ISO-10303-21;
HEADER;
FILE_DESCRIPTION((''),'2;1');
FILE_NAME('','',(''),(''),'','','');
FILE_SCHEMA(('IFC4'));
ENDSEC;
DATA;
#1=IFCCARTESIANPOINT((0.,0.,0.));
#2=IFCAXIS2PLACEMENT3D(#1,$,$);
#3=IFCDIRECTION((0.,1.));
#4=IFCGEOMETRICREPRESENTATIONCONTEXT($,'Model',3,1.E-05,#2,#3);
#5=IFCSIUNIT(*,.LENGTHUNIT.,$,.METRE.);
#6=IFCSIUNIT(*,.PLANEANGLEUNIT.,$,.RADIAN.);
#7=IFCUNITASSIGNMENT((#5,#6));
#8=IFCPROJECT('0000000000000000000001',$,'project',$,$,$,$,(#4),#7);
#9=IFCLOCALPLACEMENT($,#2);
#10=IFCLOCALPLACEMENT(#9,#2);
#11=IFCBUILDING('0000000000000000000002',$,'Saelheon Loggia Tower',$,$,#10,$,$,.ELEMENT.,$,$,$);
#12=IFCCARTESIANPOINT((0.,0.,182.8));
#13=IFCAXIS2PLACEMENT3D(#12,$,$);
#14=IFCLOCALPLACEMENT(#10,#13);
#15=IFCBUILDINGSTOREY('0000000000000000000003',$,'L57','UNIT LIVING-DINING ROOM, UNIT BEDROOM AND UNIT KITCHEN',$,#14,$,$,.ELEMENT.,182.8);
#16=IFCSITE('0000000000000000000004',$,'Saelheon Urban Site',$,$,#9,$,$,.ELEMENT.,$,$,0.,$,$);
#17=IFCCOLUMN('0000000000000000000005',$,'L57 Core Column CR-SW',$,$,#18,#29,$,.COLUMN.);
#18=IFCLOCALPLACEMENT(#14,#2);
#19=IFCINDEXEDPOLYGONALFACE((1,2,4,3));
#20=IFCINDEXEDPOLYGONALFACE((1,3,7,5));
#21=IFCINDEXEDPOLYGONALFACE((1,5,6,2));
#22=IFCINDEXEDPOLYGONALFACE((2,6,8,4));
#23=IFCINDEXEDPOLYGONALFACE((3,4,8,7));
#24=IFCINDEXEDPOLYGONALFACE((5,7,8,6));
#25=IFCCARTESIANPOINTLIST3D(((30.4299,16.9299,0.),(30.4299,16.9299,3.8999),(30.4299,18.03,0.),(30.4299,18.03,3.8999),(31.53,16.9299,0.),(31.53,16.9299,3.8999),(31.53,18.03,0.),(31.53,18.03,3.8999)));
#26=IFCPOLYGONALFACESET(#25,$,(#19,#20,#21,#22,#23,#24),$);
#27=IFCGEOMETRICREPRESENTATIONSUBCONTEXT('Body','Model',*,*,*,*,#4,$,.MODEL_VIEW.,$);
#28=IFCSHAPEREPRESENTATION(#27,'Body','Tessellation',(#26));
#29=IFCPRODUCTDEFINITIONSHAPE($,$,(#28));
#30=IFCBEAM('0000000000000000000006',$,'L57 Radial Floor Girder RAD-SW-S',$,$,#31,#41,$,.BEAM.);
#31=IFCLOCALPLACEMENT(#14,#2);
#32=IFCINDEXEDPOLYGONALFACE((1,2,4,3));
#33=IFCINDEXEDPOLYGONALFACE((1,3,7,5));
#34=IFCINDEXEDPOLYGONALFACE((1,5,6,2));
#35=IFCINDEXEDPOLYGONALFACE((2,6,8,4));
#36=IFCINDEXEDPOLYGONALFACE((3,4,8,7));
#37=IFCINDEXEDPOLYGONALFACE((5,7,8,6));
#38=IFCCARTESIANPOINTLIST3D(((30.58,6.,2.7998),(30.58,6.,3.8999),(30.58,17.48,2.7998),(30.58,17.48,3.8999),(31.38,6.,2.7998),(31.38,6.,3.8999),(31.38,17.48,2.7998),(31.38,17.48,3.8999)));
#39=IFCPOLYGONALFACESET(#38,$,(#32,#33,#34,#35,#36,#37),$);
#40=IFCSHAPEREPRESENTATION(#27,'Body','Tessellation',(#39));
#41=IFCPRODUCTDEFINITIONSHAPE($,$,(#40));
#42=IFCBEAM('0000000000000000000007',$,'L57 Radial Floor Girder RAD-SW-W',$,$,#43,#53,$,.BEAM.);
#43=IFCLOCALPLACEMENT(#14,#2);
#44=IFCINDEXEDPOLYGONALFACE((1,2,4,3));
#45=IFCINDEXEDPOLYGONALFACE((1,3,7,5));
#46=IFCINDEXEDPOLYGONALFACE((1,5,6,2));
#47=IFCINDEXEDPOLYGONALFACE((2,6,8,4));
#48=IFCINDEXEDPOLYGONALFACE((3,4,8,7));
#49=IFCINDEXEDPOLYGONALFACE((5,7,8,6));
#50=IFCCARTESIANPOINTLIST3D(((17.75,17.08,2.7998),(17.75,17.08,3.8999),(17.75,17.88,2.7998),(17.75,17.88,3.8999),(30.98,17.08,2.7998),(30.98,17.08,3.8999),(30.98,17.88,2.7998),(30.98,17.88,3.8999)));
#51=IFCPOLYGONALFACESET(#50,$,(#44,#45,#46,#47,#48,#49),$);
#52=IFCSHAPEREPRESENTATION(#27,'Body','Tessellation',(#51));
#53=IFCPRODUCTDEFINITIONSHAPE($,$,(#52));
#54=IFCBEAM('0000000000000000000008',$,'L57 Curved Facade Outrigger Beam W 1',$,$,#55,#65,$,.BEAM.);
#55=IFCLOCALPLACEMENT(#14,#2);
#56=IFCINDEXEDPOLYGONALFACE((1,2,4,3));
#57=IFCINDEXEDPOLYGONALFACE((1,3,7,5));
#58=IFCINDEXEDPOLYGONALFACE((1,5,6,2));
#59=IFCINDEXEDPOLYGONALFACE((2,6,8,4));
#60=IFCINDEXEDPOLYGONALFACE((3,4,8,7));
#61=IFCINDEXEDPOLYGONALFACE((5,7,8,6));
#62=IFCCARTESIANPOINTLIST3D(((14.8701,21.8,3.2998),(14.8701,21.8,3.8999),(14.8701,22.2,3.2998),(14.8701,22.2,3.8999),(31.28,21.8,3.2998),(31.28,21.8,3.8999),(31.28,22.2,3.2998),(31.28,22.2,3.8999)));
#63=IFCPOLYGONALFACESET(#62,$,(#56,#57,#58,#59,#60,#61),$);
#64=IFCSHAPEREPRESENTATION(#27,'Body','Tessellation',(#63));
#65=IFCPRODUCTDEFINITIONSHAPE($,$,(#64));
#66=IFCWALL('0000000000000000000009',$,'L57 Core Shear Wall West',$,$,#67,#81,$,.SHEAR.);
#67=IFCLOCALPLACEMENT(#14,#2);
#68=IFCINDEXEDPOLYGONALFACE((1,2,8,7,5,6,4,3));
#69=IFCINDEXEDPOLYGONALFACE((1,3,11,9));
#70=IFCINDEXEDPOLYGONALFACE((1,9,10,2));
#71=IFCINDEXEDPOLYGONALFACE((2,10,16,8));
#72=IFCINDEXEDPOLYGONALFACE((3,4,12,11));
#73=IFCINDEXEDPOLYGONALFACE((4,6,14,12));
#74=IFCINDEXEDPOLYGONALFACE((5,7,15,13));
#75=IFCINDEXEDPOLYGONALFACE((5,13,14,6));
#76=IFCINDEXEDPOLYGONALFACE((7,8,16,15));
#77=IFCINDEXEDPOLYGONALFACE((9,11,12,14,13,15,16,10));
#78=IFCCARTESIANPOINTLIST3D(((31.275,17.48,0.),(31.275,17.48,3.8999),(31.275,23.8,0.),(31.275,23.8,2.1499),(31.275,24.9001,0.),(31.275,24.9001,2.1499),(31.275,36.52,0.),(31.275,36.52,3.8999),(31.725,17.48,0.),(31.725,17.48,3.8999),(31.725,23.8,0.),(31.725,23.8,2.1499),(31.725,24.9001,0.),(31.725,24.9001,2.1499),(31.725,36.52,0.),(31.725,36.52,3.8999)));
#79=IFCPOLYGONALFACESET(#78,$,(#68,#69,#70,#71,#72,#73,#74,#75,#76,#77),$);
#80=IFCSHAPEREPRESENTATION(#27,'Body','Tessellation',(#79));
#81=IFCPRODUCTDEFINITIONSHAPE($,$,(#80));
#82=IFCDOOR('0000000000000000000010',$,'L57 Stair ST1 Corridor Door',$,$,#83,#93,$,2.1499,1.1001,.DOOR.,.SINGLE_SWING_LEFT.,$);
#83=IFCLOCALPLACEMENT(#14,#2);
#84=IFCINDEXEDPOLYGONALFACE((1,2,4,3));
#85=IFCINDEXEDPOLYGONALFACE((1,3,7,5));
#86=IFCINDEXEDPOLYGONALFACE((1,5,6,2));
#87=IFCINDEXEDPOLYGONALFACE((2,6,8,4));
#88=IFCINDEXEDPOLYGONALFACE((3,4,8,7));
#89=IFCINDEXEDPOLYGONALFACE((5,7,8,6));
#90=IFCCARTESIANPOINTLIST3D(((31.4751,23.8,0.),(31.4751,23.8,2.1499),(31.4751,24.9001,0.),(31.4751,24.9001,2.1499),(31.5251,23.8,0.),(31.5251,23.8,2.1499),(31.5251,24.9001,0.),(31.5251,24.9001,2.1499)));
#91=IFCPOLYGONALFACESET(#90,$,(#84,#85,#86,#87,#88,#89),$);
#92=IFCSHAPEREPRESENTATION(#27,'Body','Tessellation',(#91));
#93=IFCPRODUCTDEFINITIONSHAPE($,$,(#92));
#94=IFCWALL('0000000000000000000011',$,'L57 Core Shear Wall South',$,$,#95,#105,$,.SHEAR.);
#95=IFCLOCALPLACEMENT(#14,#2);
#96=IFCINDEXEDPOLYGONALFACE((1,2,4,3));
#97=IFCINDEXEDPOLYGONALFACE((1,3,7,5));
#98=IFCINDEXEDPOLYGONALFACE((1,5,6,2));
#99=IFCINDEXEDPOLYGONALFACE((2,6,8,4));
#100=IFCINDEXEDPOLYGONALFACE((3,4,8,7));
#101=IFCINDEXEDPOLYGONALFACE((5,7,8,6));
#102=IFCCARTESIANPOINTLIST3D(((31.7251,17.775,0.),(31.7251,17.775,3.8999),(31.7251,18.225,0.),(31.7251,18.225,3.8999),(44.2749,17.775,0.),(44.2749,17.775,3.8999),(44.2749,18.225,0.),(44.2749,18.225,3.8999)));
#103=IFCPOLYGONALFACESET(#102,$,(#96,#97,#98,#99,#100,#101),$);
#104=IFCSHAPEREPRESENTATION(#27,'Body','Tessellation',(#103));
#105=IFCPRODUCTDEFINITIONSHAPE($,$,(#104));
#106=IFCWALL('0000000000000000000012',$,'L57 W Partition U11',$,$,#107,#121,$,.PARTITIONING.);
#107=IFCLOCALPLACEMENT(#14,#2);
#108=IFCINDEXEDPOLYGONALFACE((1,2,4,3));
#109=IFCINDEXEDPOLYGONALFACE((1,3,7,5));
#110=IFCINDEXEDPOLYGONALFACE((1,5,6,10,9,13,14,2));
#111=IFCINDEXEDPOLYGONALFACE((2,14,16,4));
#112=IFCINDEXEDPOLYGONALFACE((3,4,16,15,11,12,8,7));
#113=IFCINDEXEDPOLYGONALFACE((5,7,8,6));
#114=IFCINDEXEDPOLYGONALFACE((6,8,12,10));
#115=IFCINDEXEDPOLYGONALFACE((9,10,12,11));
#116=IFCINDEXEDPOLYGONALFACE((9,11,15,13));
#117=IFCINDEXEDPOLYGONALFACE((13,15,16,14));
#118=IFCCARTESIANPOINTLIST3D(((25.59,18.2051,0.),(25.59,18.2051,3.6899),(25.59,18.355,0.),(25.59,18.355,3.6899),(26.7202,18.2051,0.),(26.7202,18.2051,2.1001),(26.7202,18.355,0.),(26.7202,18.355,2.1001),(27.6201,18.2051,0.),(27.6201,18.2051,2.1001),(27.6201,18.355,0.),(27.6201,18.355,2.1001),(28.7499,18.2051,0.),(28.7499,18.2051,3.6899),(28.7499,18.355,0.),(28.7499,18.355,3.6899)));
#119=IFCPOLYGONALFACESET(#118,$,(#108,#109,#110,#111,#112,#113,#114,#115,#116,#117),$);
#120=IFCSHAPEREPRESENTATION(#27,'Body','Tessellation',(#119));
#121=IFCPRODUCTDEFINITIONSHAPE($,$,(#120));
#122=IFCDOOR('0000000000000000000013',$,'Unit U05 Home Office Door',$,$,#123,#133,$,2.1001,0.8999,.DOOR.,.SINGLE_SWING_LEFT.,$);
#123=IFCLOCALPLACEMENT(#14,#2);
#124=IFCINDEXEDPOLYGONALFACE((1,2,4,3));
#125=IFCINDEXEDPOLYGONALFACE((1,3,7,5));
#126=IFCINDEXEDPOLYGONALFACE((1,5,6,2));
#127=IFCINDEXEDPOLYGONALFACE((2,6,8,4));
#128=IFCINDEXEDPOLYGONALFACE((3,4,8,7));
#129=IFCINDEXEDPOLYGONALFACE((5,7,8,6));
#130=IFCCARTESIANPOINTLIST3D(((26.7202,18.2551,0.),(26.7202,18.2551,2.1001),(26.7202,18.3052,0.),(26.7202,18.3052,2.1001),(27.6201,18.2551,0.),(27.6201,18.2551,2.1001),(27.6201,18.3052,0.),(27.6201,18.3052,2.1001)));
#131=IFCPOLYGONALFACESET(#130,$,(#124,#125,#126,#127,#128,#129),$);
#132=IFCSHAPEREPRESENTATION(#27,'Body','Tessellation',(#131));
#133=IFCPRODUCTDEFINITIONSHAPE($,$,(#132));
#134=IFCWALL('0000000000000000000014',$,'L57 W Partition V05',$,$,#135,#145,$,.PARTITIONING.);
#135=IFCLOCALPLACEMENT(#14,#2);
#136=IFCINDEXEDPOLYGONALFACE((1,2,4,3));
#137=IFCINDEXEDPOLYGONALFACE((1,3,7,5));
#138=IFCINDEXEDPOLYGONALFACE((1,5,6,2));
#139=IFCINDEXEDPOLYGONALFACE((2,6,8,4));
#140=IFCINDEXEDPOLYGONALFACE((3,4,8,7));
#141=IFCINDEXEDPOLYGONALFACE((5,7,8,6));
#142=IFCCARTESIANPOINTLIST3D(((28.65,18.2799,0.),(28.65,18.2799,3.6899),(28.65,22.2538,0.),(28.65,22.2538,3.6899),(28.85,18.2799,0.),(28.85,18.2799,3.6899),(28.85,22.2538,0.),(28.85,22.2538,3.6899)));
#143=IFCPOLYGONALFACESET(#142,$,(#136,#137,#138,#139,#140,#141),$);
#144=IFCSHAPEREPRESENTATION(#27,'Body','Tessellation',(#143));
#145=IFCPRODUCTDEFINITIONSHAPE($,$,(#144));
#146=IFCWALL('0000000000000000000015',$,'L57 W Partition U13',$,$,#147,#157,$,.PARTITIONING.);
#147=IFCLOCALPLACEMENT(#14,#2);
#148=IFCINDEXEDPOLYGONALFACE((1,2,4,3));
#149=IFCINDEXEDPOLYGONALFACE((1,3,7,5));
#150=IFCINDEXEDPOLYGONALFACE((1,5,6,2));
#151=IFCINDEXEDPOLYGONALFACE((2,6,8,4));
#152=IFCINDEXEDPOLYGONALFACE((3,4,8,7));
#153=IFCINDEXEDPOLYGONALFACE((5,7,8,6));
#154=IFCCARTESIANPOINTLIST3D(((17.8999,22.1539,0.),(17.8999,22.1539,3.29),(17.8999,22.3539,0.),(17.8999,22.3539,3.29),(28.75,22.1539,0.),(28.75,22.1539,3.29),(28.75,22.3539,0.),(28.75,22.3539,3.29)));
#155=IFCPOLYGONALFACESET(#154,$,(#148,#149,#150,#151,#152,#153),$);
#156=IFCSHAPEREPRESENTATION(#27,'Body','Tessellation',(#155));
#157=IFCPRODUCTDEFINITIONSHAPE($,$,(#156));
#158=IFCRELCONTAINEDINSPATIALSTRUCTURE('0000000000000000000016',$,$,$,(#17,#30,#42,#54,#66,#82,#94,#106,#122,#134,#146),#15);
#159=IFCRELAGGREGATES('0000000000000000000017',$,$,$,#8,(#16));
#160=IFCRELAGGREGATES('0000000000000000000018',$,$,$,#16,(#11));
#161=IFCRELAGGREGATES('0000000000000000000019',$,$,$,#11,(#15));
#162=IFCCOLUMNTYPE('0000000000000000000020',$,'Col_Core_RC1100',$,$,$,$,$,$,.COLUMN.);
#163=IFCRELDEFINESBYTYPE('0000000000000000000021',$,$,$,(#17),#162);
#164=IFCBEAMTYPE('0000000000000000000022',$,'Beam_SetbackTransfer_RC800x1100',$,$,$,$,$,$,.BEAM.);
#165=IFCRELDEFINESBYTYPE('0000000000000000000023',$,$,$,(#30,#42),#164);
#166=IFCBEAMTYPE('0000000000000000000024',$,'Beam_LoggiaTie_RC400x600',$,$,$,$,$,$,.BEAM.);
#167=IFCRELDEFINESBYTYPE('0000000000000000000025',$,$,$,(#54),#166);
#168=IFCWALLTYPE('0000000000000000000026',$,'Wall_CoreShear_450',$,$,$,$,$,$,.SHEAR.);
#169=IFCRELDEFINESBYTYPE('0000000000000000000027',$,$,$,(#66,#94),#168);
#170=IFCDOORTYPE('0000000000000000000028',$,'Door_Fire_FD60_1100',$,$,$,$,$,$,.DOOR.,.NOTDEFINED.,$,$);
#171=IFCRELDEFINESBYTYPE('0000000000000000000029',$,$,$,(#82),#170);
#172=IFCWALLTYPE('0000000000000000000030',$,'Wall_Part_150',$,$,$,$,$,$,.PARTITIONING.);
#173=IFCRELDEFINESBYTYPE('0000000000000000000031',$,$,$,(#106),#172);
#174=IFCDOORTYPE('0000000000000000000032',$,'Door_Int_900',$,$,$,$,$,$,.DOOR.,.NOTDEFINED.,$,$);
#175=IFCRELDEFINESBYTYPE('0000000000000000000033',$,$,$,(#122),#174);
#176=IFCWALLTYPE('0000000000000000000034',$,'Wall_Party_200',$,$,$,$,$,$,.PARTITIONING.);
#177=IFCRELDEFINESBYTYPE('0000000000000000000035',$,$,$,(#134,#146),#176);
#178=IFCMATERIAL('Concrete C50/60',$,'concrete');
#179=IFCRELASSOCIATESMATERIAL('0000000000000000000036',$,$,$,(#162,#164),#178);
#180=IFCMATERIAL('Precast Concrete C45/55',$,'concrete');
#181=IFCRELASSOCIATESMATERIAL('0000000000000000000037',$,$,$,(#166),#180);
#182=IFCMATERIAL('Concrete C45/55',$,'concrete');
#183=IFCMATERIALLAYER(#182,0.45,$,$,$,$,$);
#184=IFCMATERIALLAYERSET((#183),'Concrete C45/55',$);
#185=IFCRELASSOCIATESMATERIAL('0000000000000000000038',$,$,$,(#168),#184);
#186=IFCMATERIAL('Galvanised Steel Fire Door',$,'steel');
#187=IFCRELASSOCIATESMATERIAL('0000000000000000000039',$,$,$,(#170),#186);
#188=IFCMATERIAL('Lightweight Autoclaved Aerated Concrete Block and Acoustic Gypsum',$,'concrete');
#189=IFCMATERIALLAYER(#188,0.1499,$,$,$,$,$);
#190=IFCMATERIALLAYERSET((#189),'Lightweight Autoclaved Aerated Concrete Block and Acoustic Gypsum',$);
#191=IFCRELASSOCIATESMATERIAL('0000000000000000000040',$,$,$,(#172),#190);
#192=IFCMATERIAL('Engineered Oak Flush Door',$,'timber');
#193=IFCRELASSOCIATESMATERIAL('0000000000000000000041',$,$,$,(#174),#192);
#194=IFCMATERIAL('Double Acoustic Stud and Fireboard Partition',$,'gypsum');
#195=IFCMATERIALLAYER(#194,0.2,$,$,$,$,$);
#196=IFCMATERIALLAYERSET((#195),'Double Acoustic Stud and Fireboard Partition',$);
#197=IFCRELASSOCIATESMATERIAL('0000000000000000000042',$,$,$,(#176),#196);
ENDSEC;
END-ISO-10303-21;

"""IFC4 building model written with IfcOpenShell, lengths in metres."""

from ifc_helpers import new_model, si_unit, direction, frame, frame_2d, origin, origin_2d, place, context, subcontext, project, spatial, rectangle, extrude, source, transform, mapped, material, layer, layer_set, material_profile, profile_set, type_object, element, fill, save


model = new_model("IFC4")

# Units and contexts
model_context = context("Model", 3, precision=1e-05, world=origin(), true_north=direction((0.0, 1.0)))
body_context = subcontext(model_context, "Body", "Model", "MODEL_VIEW")
ifc_project = project(units=[si_unit("LENGTHUNIT", "METRE"), si_unit("PLANEANGLEUNIT", "RADIAN")], contexts=[model_context])

# Site, building, storey
site_placement = place(None, origin())
site = spatial("IfcSite", under=ifc_project, at=site_placement, Name="Saelheon Urban Site", CompositionType="ELEMENT", RefElevation=0.0)
building_placement = place(site_placement, origin())
building = spatial("IfcBuilding", under=site, at=building_placement, Name="Saelheon Loggia Tower", CompositionType="ELEMENT")
storey_placement = place(building_placement, frame((0.0, 0.0, 182.8)))
storey = spatial("IfcBuildingStorey", under=building, at=storey_placement, Name="L57", Description="UNIT LIVING-DINING ROOM, UNIT BEDROOM AND UNIT KITCHEN", CompositionType="ELEMENT", Elevation=182.8)

# Column
ifc_material_1 = material(Name="Concrete C50/60", Category="concrete")
ifc_material_profile_1 = material_profile(ifc_material_1, rectangle(XDim=1.1001, YDim=1.1001, at=origin_2d()), Name="RC-1100x1100")
ifc_profile_set_1 = profile_set([ifc_material_profile_1], Name="Concrete C50/60")
column_type = type_object("IfcColumnType", Name="Col_Core_RC1100", PredefinedType="COLUMN", material=ifc_profile_set_1)
shared_shape_1 = source(origin(), body_context, "Body", "SweptSolid", [
    extrude(rectangle(XDim=1.1001, YDim=1.1001, at=origin_2d()), origin(), (0.0, 0.0, 1.0), 3.8999),
])
column_placement = place(storey_placement, frame((30.98, 17.48, 0.0), z_axis=(0.0, 0.0, 1.0), x_axis=(1.0, 0.0, 0.0)))
element("IfcColumn", 1, at=column_placement, inside=storey, type_object=column_type, Name="L57 Core Column CR-SW", PredefinedType="COLUMN", context=body_context, shape_type="MappedRepresentation", body=[
    mapped(shared_shape_1, transform((0.0, 0.0, 0.0), scale=1.0)),
])

# Beams
ifc_material_profile_2 = material_profile(ifc_material_1, rectangle(XDim=0.8, YDim=1.1001, at=origin_2d()), Name="RC-800x1100")
ifc_profile_set_2 = profile_set([ifc_material_profile_2], Name="Concrete C50/60")
beam_type_1 = type_object("IfcBeamType", Name="Beam_SetbackTransfer_RC800x1100", PredefinedType="BEAM", material=ifc_profile_set_2)
shared_shape_2 = source(origin(), body_context, "Body", "SweptSolid", [
    extrude(rectangle(XDim=0.8, YDim=1.1001, at=origin_2d()), origin(), (0.0, 0.0, 1.0), 11.48),
])
beam_1_placement = place(storey_placement, frame((30.98, 17.48, 3.3499), z_axis=(0.0, -1.0, 0.0), x_axis=(1.0, 0.0, 0.0)))
element("IfcBeam", 2, at=beam_1_placement, inside=storey, type_object=beam_type_1, Name="L57 Radial Floor Girder RAD-SW-S", PredefinedType="BEAM", context=body_context, shape_type="MappedRepresentation", body=[
    mapped(shared_shape_2, transform((0.0, 0.0, 0.0), scale=1.0)),
])
shared_shape_3 = source(origin(), body_context, "Body", "SweptSolid", [
    extrude(rectangle(XDim=0.8, YDim=1.1001, at=origin_2d()), origin(), (0.0, 0.0, 1.0), 13.23),
])
beam_2_placement = place(storey_placement, frame((30.98, 17.48, 3.3499), z_axis=(-1.0, 0.0, 0.0), x_axis=(0.0, -1.0, 0.0)))
element("IfcBeam", 3, at=beam_2_placement, inside=storey, type_object=beam_type_1, Name="L57 Radial Floor Girder RAD-SW-W", PredefinedType="BEAM", context=body_context, shape_type="MappedRepresentation", body=[
    mapped(shared_shape_3, transform((0.0, 0.0, 0.0), scale=1.0)),
])
ifc_material_2 = material(Name="Precast Concrete C45/55", Category="concrete")
ifc_material_profile_3 = material_profile(ifc_material_2, rectangle(XDim=0.3999, YDim=0.6001, at=origin_2d()), Name="RC-400x600")
ifc_profile_set_3 = profile_set([ifc_material_profile_3], Name="Precast Concrete C45/55")
beam_type_2 = type_object("IfcBeamType", Name="Beam_LoggiaTie_RC400x600", PredefinedType="BEAM", material=ifc_profile_set_3)
shared_shape_4 = source(origin(), body_context, "Body", "SweptSolid", [
    extrude(rectangle(XDim=0.3999, YDim=0.6001, at=origin_2d()), origin(), (0.0, 0.0, 1.0), 16.4099),
])
beam_3_placement = place(storey_placement, frame((31.28, 22.0, 3.5999), z_axis=(-1.0, 0.0, 0.0), x_axis=(0.0, -1.0, 0.0)))
element("IfcBeam", 4, at=beam_3_placement, inside=storey, type_object=beam_type_2, Name="L57 Curved Facade Outrigger Beam W 1", PredefinedType="BEAM", context=body_context, shape_type="MappedRepresentation", body=[
    mapped(shared_shape_4, transform((0.0, 0.0, 0.0), scale=1.0)),
])

# Wall, opening, door
ifc_material_3 = material(Name="Concrete C45/55", Category="concrete")
ifc_layer_1 = layer(ifc_material_3, 0.45)
ifc_layer_set_1 = layer_set([ifc_layer_1], Name="Concrete C45/55")
wall_type_1 = type_object("IfcWallType", Name="Wall_CoreShear_450", PredefinedType="SHEAR", material=ifc_layer_set_1)
wall_1_placement = place(storey_placement, frame((31.5, 17.48, 0.0), z_axis=(0.0, 0.0, 1.0), x_axis=(0.0, 1.0, 0.0)))
wall_1 = element("IfcWall", 5, at=wall_1_placement, inside=storey, type_object=wall_type_1, Name="L57 Core Shear Wall West", PredefinedType="SHEAR", context=body_context, shape_type="SweptSolid", body=[
    extrude(rectangle(XDim=19.04, YDim=0.45, at=frame_2d((9.52, 0.0))), origin(), (0.0, 0.0, 1.0), 3.8999),
])
opening_1_placement = place(wall_1_placement, frame((6.3201, 0.0, 0.0)))
opening_1 = element("IfcOpeningElement", 6, at=opening_1_placement, cuts=wall_1, PredefinedType="OPENING", context=body_context, shape_type="SweptSolid", body=[
    extrude(rectangle(XDim=1.1001, YDim=2.1499, at=frame_2d((0.55, 1.075))), frame((0.0, 0.2371, 0.0), z_axis=(0.0, -1.0, 0.0), x_axis=(1.0, 0.0, 0.0)), (0.0, 0.0, 1.0), 0.4739),
])
ifc_material_4 = material(Name="Galvanised Steel Fire Door", Category="steel")
door_type_1 = type_object("IfcDoorType", Name="Door_Fire_FD60_1100", OperationType="NOTDEFINED", PredefinedType="DOOR", material=ifc_material_4)
shared_shape_5 = source(origin(), body_context, "Body", "SweptSolid", [
    extrude(rectangle(XDim=1.1001, YDim=2.1499, at=frame_2d((0.55, 1.075))), frame((0.0, 0.0249, 0.0), z_axis=(0.0, -1.0, 0.0), x_axis=(1.0, 0.0, 0.0)), (0.0, 0.0, 1.0), 0.05),
])
door_1_placement = place(opening_1_placement, origin())
door_1 = element("IfcDoor", 7, at=door_1_placement, inside=storey, type_object=door_type_1, Name="L57 Stair ST1 Corridor Door", OperationType="SINGLE_SWING_LEFT", OverallHeight=2.1499, OverallWidth=1.1001, PredefinedType="DOOR", context=body_context, shape_type="MappedRepresentation", body=[
    mapped(shared_shape_5, transform((0.0, 0.0, 0.0), scale=1.0)),
])
fill(opening_1, door_1)

# Wall
wall_2_placement = place(storey_placement, frame((31.7251, 18.0, 0.0), z_axis=(0.0, 0.0, 1.0), x_axis=(1.0, 0.0, 0.0)))
element("IfcWall", 8, at=wall_2_placement, inside=storey, type_object=wall_type_1, Name="L57 Core Shear Wall South", PredefinedType="SHEAR", context=body_context, shape_type="SweptSolid", body=[
    extrude(rectangle(XDim=12.5498, YDim=0.45, at=frame_2d((6.2749, 0.0))), origin(), (0.0, 0.0, 1.0), 3.8999),
])

# Wall, opening, door
ifc_material_5 = material(Name="Lightweight Autoclaved Aerated Concrete Block and Acoustic Gypsum", Category="concrete")
ifc_layer_2 = layer(ifc_material_5, 0.1499)
ifc_layer_set_2 = layer_set([ifc_layer_2], Name="Lightweight Autoclaved Aerated Concrete Block and Acoustic Gypsum")
wall_type_2 = type_object("IfcWallType", Name="Wall_Part_150", PredefinedType="PARTITIONING", material=ifc_layer_set_2)
wall_3_placement = place(storey_placement, frame((28.75, 18.28, 0.0), z_axis=(0.0, 0.0, 1.0), x_axis=(-1.0, 0.0, 0.0)))
wall_3 = element("IfcWall", 9, at=wall_3_placement, inside=storey, type_object=wall_type_2, Name="L57 W Partition U11", PredefinedType="PARTITIONING", context=body_context, shape_type="SweptSolid", body=[
    extrude(rectangle(XDim=3.1599, YDim=0.1499, at=frame_2d((1.5801, 0.0))), origin(), (0.0, 0.0, 1.0), 3.6899),
])
opening_2_placement = place(wall_3_placement, frame((1.1299, 0.0, 0.0)))
opening_2 = element("IfcOpeningElement", 10, at=opening_2_placement, cuts=wall_3, PredefinedType="OPENING", context=body_context, shape_type="SweptSolid", body=[
    extrude(rectangle(XDim=0.8999, YDim=2.1001, at=frame_2d((0.45, 1.05))), frame((0.0, 0.0869, 0.0), z_axis=(0.0, -1.0, 0.0), x_axis=(1.0, 0.0, 0.0)), (0.0, 0.0, 1.0), 0.1738),
])
ifc_material_6 = material(Name="Engineered Oak Flush Door", Category="timber")
door_type_2 = type_object("IfcDoorType", Name="Door_Int_900", OperationType="NOTDEFINED", PredefinedType="DOOR", material=ifc_material_6)
shared_shape_6 = source(origin(), body_context, "Body", "SweptSolid", [
    extrude(rectangle(XDim=0.8999, YDim=2.1001, at=frame_2d((0.45, 1.05))), frame((0.0, 0.0249, 0.0), z_axis=(0.0, -1.0, 0.0), x_axis=(1.0, 0.0, 0.0)), (0.0, 0.0, 1.0), 0.05),
])
door_2_placement = place(opening_2_placement, origin())
door_2 = element("IfcDoor", 11, at=door_2_placement, inside=storey, type_object=door_type_2, Name="Unit U05 Home Office Door", OperationType="SINGLE_SWING_LEFT", OverallHeight=2.1001, OverallWidth=0.8999, PredefinedType="DOOR", context=body_context, shape_type="MappedRepresentation", body=[
    mapped(shared_shape_6, transform((0.0, 0.0, 0.0), scale=1.0)),
])
fill(opening_2, door_2)
ifc_material_7 = material(Name="Double Acoustic Stud and Fireboard Partition", Category="gypsum")
ifc_layer_3 = layer(ifc_material_7, 0.2)
ifc_layer_set_3 = layer_set([ifc_layer_3], Name="Double Acoustic Stud and Fireboard Partition")
wall_type_3 = type_object("IfcWallType", Name="Wall_Party_200", PredefinedType="PARTITIONING", material=ifc_layer_set_3)

# Walls
wall_4_placement = place(storey_placement, frame((28.75, 18.28, 0.0), z_axis=(0.0, 0.0, 1.0), x_axis=(0.0, 1.0, 0.0)))
element("IfcWall", 12, at=wall_4_placement, inside=storey, type_object=wall_type_3, Name="L57 W Partition V05", PredefinedType="PARTITIONING", context=body_context, shape_type="SweptSolid", body=[
    extrude(rectangle(XDim=3.9739, YDim=0.2, at=frame_2d((1.9868, 0.0))), origin(), (0.0, 0.0, 1.0), 3.6899),
])
wall_5_placement = place(storey_placement, frame((28.75, 22.2539, 0.0), z_axis=(0.0, 0.0, 1.0), x_axis=(-1.0, 0.0, 0.0)))
element("IfcWall", 13, at=wall_5_placement, inside=storey, type_object=wall_type_3, Name="L57 W Partition U13", PredefinedType="PARTITIONING", context=body_context, shape_type="SweptSolid", body=[
    extrude(rectangle(XDim=10.8501, YDim=0.2, at=frame_2d((5.425, 0.0))), origin(), (0.0, 0.0, 1.0), 3.29),
])

save(model, "model.ifc")
